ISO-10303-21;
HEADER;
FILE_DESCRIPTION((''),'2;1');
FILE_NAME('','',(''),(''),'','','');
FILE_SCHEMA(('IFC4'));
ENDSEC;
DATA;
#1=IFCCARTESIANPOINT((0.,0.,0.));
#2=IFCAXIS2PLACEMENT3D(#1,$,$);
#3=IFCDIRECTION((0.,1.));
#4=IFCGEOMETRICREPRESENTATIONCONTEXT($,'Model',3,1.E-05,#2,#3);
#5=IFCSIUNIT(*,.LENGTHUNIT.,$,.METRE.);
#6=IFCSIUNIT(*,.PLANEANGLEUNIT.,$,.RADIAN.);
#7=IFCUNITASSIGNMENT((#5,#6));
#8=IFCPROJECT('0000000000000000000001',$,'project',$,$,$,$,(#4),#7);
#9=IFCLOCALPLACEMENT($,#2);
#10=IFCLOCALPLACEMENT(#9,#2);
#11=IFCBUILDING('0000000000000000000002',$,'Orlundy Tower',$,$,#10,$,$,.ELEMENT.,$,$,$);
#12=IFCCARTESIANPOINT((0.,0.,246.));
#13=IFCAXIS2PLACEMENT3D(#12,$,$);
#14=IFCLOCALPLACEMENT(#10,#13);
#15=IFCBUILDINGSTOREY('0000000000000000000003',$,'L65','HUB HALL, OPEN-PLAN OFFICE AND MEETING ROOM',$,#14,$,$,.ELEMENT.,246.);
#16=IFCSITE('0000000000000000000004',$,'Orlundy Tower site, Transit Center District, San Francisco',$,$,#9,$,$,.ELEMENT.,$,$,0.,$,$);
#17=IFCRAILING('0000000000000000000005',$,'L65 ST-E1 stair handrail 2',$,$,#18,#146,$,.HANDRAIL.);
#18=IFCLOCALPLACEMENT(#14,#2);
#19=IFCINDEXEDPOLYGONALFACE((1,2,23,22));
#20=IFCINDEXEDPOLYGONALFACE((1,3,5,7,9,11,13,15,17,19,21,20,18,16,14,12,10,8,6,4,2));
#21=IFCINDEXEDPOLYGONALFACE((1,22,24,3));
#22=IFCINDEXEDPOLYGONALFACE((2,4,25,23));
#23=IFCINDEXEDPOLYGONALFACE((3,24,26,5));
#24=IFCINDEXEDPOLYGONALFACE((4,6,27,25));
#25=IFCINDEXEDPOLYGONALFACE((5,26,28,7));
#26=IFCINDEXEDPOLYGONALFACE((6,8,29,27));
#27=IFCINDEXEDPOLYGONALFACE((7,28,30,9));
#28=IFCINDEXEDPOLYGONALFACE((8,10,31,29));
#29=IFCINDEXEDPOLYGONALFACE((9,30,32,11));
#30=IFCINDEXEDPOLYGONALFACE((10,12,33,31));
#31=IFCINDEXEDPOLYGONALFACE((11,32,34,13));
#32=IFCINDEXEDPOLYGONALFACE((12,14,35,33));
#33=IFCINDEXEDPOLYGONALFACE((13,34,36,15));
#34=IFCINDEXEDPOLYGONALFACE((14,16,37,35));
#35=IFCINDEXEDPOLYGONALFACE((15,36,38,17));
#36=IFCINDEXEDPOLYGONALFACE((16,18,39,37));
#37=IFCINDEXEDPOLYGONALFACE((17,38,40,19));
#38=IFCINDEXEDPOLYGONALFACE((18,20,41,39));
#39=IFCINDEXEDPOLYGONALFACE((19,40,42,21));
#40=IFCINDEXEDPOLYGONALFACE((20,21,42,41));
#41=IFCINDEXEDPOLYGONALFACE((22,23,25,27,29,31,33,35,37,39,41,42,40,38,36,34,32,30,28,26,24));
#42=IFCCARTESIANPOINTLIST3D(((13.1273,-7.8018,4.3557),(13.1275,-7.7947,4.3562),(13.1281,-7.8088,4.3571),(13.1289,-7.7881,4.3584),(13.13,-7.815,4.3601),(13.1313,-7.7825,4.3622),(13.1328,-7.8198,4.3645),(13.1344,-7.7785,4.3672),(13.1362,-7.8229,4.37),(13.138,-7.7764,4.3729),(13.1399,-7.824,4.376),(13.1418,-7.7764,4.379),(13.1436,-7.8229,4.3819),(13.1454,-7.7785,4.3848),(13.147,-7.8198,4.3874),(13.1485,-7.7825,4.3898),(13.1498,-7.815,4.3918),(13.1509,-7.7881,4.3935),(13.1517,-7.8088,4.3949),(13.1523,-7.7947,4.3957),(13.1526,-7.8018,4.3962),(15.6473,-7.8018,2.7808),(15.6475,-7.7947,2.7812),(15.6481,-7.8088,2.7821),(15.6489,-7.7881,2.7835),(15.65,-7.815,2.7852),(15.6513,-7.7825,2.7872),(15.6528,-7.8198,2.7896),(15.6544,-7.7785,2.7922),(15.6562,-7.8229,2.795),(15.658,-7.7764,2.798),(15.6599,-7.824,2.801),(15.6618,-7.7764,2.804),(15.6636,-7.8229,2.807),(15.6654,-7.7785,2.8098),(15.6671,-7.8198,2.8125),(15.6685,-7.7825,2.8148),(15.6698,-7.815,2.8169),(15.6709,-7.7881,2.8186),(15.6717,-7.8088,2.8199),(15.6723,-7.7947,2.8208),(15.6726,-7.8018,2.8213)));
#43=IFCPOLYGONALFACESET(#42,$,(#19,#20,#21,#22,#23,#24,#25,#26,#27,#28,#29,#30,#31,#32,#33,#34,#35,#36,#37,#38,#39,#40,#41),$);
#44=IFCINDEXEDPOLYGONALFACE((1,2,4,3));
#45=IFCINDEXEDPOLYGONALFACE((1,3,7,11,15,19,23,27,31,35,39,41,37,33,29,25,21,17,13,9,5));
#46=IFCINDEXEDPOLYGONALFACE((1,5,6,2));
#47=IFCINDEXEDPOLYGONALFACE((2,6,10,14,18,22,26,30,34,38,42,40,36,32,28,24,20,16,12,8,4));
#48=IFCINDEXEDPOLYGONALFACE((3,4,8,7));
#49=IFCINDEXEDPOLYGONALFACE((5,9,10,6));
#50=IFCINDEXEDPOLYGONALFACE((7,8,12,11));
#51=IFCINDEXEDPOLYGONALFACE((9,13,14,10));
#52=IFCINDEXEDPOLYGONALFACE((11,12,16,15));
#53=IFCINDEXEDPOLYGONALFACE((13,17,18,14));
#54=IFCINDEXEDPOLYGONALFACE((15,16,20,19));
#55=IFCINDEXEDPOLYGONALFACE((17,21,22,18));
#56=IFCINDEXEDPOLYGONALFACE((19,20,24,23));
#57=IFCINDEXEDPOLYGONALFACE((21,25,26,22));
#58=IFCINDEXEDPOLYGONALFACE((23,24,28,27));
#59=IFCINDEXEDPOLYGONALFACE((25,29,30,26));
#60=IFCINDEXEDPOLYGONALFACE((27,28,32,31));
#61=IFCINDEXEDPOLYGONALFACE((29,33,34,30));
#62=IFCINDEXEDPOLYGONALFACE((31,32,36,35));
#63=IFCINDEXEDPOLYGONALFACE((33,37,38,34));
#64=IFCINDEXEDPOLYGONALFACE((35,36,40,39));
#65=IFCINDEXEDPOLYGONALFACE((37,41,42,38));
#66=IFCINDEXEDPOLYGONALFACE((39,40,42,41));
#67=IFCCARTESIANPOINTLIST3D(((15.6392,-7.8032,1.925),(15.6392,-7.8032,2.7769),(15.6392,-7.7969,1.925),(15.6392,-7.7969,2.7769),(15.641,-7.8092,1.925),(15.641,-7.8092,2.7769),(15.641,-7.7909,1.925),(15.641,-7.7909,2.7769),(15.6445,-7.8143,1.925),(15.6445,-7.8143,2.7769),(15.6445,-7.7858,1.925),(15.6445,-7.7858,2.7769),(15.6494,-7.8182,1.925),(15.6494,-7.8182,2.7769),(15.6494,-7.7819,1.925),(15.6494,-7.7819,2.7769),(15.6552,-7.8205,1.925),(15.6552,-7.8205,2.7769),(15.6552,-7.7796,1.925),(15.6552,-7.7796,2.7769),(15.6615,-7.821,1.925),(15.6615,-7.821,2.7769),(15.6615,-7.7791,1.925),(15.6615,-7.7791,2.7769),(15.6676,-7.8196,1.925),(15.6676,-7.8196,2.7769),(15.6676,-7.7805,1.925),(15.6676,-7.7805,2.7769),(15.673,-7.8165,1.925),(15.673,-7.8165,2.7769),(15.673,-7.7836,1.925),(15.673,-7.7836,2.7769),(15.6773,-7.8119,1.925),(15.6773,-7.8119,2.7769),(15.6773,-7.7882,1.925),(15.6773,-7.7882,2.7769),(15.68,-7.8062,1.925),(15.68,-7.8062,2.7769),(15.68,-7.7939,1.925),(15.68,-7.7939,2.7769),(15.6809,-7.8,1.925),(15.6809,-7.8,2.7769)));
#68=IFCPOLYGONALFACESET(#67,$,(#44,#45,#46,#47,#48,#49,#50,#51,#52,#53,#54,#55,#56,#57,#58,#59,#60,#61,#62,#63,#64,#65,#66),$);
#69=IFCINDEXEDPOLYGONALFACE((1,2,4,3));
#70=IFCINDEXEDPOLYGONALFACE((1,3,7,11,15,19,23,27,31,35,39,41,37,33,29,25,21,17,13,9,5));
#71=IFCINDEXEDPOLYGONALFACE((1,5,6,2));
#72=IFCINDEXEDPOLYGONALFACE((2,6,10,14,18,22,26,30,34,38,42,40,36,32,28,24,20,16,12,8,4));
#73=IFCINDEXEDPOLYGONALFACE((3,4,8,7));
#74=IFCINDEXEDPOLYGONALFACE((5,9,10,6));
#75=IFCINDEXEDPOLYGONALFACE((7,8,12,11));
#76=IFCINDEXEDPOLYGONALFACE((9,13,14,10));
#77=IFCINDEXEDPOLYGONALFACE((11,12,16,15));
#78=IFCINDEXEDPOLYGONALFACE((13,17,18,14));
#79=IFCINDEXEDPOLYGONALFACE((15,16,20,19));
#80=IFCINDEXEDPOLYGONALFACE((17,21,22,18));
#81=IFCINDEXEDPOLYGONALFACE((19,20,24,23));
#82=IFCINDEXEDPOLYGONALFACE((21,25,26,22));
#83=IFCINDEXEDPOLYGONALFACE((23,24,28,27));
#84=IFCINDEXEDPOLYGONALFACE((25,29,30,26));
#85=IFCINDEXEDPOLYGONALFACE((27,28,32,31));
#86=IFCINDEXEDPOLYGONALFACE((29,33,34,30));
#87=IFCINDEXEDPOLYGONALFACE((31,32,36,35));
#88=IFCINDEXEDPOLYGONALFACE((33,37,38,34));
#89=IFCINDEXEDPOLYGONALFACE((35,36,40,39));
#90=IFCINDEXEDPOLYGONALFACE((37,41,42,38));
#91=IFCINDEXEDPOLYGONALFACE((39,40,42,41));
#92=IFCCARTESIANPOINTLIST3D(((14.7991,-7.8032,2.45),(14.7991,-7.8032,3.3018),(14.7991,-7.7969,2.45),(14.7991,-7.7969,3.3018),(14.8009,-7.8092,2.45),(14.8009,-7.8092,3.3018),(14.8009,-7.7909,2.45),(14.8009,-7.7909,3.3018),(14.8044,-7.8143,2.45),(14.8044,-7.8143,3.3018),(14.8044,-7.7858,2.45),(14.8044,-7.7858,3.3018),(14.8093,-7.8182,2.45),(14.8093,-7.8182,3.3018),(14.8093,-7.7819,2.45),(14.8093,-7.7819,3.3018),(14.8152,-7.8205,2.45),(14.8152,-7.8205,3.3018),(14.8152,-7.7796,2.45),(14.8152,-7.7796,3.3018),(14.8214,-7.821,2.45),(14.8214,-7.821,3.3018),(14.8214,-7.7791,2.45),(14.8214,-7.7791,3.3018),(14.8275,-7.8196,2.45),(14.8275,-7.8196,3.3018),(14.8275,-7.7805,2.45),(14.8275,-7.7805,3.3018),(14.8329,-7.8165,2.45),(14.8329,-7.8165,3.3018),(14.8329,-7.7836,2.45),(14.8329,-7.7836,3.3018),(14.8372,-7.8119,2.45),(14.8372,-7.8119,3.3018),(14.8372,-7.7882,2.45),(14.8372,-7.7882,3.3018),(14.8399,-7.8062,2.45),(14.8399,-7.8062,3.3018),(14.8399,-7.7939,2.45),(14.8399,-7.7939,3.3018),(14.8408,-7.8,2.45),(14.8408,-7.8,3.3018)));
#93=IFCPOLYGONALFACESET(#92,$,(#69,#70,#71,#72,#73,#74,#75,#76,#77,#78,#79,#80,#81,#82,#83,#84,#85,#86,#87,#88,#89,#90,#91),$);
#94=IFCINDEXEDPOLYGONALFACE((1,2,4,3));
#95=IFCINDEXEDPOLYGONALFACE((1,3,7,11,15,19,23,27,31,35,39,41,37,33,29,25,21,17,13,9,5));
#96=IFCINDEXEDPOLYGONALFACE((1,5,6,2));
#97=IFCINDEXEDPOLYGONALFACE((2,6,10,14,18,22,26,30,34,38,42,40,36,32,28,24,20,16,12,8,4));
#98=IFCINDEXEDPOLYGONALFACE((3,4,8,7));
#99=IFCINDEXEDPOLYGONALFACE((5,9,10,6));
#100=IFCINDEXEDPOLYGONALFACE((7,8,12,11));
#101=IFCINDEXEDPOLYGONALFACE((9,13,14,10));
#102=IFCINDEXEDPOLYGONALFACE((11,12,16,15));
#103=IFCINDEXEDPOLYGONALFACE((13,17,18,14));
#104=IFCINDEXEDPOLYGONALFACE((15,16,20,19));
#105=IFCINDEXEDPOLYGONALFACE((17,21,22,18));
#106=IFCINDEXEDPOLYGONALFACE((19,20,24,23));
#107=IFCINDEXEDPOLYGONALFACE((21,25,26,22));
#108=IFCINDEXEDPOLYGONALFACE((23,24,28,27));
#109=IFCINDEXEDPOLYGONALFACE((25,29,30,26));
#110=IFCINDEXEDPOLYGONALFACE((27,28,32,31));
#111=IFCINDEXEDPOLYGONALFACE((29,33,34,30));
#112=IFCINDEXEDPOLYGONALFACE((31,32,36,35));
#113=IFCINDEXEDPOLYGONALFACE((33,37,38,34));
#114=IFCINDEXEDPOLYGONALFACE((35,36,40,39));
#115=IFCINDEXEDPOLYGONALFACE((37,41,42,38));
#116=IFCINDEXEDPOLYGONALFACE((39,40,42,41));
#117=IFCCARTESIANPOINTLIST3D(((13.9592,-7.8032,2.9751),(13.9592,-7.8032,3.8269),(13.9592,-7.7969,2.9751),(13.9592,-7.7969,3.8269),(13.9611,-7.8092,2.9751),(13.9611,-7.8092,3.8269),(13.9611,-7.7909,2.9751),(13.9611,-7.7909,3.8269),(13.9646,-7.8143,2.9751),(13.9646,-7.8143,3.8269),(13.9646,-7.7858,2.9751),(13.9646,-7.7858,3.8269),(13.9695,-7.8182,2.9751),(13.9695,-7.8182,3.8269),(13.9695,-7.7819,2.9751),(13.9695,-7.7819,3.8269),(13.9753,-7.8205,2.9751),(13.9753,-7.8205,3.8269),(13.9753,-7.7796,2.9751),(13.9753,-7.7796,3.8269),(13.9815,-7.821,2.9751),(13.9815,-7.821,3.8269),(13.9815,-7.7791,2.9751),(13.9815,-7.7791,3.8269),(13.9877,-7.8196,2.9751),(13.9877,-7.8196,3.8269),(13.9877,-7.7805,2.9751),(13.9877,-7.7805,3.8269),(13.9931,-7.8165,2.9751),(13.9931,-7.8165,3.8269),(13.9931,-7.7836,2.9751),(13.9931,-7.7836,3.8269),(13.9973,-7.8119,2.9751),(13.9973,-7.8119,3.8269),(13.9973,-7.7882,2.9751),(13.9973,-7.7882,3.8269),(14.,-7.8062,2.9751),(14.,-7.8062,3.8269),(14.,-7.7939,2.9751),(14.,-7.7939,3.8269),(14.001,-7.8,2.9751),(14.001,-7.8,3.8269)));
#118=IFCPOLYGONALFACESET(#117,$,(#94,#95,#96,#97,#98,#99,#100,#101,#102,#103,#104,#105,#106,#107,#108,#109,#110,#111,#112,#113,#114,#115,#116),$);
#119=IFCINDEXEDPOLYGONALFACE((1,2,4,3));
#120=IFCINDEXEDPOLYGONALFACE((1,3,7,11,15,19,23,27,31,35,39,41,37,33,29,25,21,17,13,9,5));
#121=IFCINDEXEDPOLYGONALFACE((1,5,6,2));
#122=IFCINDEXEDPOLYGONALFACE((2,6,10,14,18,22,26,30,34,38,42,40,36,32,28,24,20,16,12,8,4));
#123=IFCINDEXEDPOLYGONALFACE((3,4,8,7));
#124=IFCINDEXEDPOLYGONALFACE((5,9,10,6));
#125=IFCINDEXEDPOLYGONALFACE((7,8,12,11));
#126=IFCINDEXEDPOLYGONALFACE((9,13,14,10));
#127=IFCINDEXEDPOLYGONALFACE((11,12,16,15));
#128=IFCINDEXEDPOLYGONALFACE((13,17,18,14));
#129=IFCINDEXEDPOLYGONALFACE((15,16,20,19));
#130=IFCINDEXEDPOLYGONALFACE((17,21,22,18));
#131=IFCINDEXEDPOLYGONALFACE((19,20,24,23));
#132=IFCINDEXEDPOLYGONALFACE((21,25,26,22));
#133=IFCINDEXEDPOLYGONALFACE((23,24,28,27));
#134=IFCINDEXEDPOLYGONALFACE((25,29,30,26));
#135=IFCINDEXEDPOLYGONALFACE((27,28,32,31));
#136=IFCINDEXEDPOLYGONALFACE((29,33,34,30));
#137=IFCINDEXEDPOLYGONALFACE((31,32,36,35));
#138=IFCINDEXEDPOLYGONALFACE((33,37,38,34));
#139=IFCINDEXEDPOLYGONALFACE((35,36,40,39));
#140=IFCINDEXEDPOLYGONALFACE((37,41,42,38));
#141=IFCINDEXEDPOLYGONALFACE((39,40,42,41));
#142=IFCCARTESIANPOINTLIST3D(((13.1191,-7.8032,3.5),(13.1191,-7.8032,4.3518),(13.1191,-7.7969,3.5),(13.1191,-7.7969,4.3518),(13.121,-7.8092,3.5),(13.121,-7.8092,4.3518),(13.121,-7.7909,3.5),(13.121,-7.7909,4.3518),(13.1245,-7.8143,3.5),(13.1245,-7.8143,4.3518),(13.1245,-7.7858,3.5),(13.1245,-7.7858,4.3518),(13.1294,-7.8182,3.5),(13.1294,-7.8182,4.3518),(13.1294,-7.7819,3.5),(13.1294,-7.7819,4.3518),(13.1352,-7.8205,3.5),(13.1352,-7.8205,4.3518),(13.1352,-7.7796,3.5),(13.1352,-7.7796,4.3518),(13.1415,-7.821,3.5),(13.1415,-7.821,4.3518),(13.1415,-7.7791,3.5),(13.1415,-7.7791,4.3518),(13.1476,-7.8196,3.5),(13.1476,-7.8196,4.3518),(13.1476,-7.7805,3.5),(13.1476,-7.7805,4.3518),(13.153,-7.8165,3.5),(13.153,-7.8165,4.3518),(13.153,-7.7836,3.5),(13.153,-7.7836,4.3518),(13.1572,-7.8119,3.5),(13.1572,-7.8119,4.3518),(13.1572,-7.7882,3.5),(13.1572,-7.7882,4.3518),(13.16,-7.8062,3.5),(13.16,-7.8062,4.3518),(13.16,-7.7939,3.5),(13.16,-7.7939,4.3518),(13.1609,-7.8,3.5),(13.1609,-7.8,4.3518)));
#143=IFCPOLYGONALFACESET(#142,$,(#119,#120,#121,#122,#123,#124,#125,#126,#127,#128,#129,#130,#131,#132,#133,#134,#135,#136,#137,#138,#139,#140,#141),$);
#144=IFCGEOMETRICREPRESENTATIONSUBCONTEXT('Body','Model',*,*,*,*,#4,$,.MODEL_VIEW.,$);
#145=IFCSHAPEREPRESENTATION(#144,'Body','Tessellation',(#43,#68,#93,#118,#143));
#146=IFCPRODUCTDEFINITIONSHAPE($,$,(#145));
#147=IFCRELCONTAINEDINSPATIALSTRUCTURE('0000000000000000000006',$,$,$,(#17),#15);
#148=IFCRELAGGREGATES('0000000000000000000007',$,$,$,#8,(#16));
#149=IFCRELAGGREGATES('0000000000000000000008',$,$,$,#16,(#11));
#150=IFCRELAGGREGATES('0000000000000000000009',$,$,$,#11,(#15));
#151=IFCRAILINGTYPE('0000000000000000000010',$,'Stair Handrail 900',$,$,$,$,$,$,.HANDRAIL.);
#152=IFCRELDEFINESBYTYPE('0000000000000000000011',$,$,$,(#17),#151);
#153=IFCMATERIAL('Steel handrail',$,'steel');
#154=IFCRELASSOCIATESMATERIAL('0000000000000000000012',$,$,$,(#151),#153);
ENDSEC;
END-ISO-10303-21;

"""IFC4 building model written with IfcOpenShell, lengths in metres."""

from ifc_helpers import new_model, si_unit, direction, frame, origin, origin_2d, place, context, subcontext, project, spatial, circle, extrude, material, type_object, element, save


model = new_model("IFC4")

# Units and contexts
model_context = context("Model", 3, precision=1e-05, world=origin(), true_north=direction((0.0, 1.0)))
body_context = subcontext(model_context, "Body", "Model", "MODEL_VIEW")
ifc_project = project(units=[si_unit("LENGTHUNIT", "METRE"), si_unit("PLANEANGLEUNIT", "RADIAN")], contexts=[model_context])

# Site, building, storey
site_placement = place(None, origin())
site = spatial("IfcSite", under=ifc_project, at=site_placement, Name="Orlundy Tower site, Transit Center District, San Francisco", CompositionType="ELEMENT", RefElevation=0.0)
building_placement = place(site_placement, origin())
building = spatial("IfcBuilding", under=site, at=building_placement, Name="Orlundy Tower", CompositionType="ELEMENT")
storey_placement = place(building_placement, frame((0.0, 0.0, 246.0)))
storey = spatial("IfcBuildingStorey", under=building, at=storey_placement, Name="L65", Description="HUB HALL, OPEN-PLAN OFFICE AND MEETING ROOM", CompositionType="ELEMENT", Elevation=246.0)

# Railing
ifc_material_1 = material(Name="Steel handrail", Category="steel")
railing_type_1 = type_object("IfcRailingType", Name="Stair Handrail 900", PredefinedType="HANDRAIL", material=ifc_material_1)
railing_1_placement = place(storey_placement, frame((15.6599, -7.8, 1.925)))
element("IfcRailing", 1, at=railing_1_placement, inside=storey, type_object=railing_type_1, Name="L65 ST-E1 stair handrail 2", PredefinedType="HANDRAIL", context=body_context, shape_type="SweptSolid", body=[
    extrude(circle(Radius=0.0239, at=origin_2d()), frame((0.0, 0.0, 0.876), z_axis=(-0.848008, 0.0, 0.529984), x_axis=(0.0, -1.0, 0.0)), (0.0, 0.0, 1.0), 2.9717),
    extrude(circle(Radius=0.021, at=origin_2d()), origin(), (0.0, 0.0, 1.0), 0.8518),
    extrude(circle(Radius=0.021, at=origin_2d()), frame((-0.8401, 0.0, 0.5249)), (0.0, 0.0, 1.0), 0.8518),
    extrude(circle(Radius=0.021, at=origin_2d()), frame((-1.6799, 0.0, 1.05)), (0.0, 0.0, 1.0), 0.8518),
    extrude(circle(Radius=0.021, at=origin_2d()), frame((-2.52, 0.0, 1.575)), (0.0, 0.0, 1.0), 0.8518),
])

save(model, "model.ifc")
